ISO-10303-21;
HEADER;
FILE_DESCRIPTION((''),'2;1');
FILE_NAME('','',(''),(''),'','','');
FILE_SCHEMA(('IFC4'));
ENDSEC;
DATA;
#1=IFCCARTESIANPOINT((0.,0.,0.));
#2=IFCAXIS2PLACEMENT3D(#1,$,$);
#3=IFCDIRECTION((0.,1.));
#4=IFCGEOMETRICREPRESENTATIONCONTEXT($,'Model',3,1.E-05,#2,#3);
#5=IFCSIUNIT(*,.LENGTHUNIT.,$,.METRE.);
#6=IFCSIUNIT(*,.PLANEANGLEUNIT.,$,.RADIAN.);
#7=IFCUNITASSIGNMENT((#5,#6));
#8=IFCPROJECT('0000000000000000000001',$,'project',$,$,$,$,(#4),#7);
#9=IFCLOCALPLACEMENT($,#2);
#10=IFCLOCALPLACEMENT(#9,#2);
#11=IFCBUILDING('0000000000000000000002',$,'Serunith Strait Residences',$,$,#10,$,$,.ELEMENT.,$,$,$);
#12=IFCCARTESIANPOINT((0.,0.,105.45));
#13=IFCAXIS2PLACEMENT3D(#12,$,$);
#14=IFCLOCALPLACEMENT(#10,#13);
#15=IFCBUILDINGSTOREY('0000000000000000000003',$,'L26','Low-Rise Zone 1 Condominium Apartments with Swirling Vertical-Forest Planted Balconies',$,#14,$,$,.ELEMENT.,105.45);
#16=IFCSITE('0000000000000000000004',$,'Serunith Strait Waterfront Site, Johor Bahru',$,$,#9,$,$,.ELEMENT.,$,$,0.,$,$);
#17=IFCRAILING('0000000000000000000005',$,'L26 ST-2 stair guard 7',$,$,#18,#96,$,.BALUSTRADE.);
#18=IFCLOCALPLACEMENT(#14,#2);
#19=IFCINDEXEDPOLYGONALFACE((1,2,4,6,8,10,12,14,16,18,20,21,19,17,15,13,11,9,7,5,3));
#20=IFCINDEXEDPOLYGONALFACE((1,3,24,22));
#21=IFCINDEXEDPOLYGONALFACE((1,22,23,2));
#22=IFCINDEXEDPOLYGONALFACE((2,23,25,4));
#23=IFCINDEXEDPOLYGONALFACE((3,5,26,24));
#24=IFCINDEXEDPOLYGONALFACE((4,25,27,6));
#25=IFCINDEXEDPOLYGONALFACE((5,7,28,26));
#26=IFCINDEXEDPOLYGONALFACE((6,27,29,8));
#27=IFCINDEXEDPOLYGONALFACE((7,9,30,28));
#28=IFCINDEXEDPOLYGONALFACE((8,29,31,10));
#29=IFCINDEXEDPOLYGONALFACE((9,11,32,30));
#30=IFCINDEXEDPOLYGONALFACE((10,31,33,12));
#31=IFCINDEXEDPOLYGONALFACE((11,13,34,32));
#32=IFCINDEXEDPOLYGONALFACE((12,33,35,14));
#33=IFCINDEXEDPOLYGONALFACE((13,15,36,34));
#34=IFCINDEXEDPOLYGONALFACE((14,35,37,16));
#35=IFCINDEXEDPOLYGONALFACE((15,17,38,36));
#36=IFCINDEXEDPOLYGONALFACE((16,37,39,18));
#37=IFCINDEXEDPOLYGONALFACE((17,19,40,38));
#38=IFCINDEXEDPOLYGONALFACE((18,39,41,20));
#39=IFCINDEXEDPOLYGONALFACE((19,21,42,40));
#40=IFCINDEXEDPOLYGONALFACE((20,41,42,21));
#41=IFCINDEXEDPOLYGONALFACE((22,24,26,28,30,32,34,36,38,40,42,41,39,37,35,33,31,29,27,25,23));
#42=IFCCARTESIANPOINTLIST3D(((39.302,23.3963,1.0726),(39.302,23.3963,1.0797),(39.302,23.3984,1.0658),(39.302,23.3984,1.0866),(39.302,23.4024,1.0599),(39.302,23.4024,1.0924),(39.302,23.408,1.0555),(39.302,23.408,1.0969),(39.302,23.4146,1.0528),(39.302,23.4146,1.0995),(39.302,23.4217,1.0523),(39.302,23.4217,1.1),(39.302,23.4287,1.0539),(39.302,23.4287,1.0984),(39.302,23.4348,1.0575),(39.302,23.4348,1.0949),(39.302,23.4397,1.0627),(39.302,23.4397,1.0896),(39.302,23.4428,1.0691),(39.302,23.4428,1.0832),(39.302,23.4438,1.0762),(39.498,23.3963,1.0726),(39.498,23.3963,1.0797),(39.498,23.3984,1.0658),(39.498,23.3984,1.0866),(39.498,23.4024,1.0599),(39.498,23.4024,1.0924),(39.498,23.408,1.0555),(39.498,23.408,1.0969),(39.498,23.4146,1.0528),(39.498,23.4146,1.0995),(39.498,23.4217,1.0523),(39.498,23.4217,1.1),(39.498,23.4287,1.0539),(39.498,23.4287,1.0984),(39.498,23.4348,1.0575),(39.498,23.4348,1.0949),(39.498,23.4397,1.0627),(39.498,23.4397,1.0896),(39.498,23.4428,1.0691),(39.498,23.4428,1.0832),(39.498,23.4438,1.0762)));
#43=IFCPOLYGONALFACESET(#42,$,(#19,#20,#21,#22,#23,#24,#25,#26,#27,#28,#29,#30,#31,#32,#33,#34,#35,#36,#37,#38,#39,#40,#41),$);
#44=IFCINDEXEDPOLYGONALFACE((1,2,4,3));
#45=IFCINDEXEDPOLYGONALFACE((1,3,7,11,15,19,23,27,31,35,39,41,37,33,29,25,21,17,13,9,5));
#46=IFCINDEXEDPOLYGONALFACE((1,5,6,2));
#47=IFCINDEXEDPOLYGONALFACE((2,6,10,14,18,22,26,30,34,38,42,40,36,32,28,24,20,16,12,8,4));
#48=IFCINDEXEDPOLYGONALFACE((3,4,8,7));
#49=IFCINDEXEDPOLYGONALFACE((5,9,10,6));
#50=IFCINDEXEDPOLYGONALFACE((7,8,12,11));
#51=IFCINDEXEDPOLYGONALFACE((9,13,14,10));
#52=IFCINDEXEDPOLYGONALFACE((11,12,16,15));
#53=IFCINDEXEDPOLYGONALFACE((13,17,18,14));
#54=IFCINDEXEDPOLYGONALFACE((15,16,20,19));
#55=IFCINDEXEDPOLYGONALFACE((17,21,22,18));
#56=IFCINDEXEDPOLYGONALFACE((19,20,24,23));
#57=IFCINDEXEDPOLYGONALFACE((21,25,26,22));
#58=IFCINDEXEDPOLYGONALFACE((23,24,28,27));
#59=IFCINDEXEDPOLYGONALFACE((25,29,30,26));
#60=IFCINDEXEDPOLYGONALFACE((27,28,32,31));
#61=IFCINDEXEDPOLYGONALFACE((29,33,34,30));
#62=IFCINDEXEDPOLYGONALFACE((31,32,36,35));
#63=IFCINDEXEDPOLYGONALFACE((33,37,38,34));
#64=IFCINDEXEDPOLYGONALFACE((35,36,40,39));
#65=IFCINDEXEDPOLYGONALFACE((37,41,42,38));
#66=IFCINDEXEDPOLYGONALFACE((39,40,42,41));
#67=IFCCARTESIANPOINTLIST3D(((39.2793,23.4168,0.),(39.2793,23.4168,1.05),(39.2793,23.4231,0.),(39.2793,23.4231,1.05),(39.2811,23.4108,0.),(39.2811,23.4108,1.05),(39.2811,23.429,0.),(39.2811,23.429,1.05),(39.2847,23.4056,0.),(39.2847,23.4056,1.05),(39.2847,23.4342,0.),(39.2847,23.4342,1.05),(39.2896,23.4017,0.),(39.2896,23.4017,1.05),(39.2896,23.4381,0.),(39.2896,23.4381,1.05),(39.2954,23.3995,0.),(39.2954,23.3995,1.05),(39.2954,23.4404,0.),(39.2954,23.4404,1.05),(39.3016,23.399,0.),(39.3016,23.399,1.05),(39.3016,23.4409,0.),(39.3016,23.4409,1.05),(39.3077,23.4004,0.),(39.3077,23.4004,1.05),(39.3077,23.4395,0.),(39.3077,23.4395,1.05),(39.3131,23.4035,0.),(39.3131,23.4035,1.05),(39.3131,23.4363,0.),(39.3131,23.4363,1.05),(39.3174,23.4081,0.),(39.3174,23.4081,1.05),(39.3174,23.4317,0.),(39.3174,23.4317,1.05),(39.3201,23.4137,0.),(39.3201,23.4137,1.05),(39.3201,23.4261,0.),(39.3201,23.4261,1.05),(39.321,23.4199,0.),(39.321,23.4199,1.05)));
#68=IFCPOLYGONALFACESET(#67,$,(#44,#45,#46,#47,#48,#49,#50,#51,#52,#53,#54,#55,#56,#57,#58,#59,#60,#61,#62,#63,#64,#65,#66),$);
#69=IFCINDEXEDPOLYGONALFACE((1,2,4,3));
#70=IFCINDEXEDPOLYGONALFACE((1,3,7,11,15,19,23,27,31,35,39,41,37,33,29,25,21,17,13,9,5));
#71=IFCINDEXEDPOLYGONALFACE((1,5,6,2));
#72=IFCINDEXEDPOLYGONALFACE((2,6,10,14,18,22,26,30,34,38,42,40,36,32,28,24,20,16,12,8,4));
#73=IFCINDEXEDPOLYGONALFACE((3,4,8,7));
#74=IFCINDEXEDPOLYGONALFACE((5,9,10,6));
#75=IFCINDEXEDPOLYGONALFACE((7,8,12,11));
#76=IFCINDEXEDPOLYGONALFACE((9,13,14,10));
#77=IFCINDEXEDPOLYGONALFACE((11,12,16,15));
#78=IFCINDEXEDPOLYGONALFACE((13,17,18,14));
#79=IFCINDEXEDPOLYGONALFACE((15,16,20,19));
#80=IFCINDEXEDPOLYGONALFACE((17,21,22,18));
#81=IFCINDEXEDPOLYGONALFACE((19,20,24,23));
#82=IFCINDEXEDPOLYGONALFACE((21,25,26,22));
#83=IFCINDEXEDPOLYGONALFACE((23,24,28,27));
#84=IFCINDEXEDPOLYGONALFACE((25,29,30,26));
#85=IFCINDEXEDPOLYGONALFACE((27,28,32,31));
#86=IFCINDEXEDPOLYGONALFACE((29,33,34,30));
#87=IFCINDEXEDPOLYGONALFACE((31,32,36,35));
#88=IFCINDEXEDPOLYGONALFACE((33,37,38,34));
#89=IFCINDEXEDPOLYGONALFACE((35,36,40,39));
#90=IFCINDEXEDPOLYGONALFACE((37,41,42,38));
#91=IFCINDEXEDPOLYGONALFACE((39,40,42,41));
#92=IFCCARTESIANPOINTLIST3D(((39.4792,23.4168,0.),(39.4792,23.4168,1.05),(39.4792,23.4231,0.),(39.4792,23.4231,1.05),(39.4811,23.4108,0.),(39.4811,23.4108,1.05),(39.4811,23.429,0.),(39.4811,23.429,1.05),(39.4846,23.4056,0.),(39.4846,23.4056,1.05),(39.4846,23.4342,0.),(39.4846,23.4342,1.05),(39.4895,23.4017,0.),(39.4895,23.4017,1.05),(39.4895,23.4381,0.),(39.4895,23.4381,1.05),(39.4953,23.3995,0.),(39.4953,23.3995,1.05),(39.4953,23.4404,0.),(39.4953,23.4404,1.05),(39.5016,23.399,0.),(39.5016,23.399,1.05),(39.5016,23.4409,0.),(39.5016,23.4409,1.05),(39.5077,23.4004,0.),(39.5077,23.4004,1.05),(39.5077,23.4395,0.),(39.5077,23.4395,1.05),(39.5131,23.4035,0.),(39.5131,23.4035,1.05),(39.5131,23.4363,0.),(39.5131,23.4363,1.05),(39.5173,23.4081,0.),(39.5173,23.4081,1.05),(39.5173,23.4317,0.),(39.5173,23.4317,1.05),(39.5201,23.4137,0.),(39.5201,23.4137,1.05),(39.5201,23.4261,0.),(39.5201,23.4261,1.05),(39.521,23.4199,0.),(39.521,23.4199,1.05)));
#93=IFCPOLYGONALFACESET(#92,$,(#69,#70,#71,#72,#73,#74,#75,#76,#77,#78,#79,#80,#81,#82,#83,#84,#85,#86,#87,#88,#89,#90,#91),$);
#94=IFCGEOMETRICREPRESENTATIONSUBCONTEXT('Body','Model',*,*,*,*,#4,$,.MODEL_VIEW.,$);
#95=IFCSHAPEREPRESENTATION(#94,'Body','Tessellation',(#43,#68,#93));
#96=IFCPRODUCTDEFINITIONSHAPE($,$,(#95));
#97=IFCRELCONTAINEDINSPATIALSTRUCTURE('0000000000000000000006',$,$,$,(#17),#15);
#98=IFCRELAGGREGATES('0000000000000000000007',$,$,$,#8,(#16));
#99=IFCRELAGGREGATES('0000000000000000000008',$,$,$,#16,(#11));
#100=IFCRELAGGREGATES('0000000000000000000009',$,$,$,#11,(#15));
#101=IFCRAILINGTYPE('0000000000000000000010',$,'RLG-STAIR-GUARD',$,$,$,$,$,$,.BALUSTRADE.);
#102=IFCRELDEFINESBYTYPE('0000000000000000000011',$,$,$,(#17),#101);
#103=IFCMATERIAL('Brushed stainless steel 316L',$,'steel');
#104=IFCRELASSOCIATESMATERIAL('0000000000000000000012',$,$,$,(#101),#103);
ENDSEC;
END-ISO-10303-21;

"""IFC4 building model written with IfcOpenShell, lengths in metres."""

from ifc_helpers import new_model, si_unit, direction, frame, origin, origin_2d, place, context, subcontext, project, spatial, circle, extrude, material, type_object, element, save


model = new_model("IFC4")

# Units and contexts
model_context = context("Model", 3, precision=1e-05, world=origin(), true_north=direction((0.0, 1.0)))
body_context = subcontext(model_context, "Body", "Model", "MODEL_VIEW")
ifc_project = project(units=[si_unit("LENGTHUNIT", "METRE"), si_unit("PLANEANGLEUNIT", "RADIAN")], contexts=[model_context])

# Site, building, storey
site_placement = place(None, origin())
site = spatial("IfcSite", under=ifc_project, at=site_placement, Name="Serunith Strait Waterfront Site, Johor Bahru", CompositionType="ELEMENT", RefElevation=0.0)
building_placement = place(site_placement, origin())
building = spatial("IfcBuilding", under=site, at=building_placement, Name="Serunith Strait Residences", CompositionType="ELEMENT")
storey_placement = place(building_placement, frame((0.0, 0.0, 105.45)))
storey = spatial("IfcBuildingStorey", under=building, at=storey_placement, Name="L26", Description="Low-Rise Zone 1 Condominium Apartments with Swirling Vertical-Forest Planted Balconies", CompositionType="ELEMENT", Elevation=105.45)

# Railing
ifc_material_1 = material(Name="Brushed stainless steel 316L", Category="steel")
railing_type_1 = type_object("IfcRailingType", Name="RLG-STAIR-GUARD", PredefinedType="BALUSTRADE", material=ifc_material_1)
railing_1_placement = place(storey_placement, frame((39.3, 23.4199, 0.0)))
element("IfcRailing", 1, at=railing_1_placement, inside=storey, type_object=railing_type_1, Name="L26 ST-2 stair guard 7", PredefinedType="BALUSTRADE", context=body_context, shape_type="SweptSolid", body=[
    extrude(circle(Radius=0.0239, at=origin_2d()), frame((0.002, 0.0, 1.0762), z_axis=(1.0, 0.0, 0.0), x_axis=(0.0, 1.0, 0.0)), (0.0, 0.0, 1.0), 0.196),
    extrude(circle(Radius=0.021, at=origin_2d()), origin(), (0.0, 0.0, 1.0), 1.05),
    extrude(circle(Radius=0.021, at=origin_2d()), frame((0.2, 0.0, 0.0)), (0.0, 0.0, 1.0), 1.05),
])

save(model, "model.ifc")
